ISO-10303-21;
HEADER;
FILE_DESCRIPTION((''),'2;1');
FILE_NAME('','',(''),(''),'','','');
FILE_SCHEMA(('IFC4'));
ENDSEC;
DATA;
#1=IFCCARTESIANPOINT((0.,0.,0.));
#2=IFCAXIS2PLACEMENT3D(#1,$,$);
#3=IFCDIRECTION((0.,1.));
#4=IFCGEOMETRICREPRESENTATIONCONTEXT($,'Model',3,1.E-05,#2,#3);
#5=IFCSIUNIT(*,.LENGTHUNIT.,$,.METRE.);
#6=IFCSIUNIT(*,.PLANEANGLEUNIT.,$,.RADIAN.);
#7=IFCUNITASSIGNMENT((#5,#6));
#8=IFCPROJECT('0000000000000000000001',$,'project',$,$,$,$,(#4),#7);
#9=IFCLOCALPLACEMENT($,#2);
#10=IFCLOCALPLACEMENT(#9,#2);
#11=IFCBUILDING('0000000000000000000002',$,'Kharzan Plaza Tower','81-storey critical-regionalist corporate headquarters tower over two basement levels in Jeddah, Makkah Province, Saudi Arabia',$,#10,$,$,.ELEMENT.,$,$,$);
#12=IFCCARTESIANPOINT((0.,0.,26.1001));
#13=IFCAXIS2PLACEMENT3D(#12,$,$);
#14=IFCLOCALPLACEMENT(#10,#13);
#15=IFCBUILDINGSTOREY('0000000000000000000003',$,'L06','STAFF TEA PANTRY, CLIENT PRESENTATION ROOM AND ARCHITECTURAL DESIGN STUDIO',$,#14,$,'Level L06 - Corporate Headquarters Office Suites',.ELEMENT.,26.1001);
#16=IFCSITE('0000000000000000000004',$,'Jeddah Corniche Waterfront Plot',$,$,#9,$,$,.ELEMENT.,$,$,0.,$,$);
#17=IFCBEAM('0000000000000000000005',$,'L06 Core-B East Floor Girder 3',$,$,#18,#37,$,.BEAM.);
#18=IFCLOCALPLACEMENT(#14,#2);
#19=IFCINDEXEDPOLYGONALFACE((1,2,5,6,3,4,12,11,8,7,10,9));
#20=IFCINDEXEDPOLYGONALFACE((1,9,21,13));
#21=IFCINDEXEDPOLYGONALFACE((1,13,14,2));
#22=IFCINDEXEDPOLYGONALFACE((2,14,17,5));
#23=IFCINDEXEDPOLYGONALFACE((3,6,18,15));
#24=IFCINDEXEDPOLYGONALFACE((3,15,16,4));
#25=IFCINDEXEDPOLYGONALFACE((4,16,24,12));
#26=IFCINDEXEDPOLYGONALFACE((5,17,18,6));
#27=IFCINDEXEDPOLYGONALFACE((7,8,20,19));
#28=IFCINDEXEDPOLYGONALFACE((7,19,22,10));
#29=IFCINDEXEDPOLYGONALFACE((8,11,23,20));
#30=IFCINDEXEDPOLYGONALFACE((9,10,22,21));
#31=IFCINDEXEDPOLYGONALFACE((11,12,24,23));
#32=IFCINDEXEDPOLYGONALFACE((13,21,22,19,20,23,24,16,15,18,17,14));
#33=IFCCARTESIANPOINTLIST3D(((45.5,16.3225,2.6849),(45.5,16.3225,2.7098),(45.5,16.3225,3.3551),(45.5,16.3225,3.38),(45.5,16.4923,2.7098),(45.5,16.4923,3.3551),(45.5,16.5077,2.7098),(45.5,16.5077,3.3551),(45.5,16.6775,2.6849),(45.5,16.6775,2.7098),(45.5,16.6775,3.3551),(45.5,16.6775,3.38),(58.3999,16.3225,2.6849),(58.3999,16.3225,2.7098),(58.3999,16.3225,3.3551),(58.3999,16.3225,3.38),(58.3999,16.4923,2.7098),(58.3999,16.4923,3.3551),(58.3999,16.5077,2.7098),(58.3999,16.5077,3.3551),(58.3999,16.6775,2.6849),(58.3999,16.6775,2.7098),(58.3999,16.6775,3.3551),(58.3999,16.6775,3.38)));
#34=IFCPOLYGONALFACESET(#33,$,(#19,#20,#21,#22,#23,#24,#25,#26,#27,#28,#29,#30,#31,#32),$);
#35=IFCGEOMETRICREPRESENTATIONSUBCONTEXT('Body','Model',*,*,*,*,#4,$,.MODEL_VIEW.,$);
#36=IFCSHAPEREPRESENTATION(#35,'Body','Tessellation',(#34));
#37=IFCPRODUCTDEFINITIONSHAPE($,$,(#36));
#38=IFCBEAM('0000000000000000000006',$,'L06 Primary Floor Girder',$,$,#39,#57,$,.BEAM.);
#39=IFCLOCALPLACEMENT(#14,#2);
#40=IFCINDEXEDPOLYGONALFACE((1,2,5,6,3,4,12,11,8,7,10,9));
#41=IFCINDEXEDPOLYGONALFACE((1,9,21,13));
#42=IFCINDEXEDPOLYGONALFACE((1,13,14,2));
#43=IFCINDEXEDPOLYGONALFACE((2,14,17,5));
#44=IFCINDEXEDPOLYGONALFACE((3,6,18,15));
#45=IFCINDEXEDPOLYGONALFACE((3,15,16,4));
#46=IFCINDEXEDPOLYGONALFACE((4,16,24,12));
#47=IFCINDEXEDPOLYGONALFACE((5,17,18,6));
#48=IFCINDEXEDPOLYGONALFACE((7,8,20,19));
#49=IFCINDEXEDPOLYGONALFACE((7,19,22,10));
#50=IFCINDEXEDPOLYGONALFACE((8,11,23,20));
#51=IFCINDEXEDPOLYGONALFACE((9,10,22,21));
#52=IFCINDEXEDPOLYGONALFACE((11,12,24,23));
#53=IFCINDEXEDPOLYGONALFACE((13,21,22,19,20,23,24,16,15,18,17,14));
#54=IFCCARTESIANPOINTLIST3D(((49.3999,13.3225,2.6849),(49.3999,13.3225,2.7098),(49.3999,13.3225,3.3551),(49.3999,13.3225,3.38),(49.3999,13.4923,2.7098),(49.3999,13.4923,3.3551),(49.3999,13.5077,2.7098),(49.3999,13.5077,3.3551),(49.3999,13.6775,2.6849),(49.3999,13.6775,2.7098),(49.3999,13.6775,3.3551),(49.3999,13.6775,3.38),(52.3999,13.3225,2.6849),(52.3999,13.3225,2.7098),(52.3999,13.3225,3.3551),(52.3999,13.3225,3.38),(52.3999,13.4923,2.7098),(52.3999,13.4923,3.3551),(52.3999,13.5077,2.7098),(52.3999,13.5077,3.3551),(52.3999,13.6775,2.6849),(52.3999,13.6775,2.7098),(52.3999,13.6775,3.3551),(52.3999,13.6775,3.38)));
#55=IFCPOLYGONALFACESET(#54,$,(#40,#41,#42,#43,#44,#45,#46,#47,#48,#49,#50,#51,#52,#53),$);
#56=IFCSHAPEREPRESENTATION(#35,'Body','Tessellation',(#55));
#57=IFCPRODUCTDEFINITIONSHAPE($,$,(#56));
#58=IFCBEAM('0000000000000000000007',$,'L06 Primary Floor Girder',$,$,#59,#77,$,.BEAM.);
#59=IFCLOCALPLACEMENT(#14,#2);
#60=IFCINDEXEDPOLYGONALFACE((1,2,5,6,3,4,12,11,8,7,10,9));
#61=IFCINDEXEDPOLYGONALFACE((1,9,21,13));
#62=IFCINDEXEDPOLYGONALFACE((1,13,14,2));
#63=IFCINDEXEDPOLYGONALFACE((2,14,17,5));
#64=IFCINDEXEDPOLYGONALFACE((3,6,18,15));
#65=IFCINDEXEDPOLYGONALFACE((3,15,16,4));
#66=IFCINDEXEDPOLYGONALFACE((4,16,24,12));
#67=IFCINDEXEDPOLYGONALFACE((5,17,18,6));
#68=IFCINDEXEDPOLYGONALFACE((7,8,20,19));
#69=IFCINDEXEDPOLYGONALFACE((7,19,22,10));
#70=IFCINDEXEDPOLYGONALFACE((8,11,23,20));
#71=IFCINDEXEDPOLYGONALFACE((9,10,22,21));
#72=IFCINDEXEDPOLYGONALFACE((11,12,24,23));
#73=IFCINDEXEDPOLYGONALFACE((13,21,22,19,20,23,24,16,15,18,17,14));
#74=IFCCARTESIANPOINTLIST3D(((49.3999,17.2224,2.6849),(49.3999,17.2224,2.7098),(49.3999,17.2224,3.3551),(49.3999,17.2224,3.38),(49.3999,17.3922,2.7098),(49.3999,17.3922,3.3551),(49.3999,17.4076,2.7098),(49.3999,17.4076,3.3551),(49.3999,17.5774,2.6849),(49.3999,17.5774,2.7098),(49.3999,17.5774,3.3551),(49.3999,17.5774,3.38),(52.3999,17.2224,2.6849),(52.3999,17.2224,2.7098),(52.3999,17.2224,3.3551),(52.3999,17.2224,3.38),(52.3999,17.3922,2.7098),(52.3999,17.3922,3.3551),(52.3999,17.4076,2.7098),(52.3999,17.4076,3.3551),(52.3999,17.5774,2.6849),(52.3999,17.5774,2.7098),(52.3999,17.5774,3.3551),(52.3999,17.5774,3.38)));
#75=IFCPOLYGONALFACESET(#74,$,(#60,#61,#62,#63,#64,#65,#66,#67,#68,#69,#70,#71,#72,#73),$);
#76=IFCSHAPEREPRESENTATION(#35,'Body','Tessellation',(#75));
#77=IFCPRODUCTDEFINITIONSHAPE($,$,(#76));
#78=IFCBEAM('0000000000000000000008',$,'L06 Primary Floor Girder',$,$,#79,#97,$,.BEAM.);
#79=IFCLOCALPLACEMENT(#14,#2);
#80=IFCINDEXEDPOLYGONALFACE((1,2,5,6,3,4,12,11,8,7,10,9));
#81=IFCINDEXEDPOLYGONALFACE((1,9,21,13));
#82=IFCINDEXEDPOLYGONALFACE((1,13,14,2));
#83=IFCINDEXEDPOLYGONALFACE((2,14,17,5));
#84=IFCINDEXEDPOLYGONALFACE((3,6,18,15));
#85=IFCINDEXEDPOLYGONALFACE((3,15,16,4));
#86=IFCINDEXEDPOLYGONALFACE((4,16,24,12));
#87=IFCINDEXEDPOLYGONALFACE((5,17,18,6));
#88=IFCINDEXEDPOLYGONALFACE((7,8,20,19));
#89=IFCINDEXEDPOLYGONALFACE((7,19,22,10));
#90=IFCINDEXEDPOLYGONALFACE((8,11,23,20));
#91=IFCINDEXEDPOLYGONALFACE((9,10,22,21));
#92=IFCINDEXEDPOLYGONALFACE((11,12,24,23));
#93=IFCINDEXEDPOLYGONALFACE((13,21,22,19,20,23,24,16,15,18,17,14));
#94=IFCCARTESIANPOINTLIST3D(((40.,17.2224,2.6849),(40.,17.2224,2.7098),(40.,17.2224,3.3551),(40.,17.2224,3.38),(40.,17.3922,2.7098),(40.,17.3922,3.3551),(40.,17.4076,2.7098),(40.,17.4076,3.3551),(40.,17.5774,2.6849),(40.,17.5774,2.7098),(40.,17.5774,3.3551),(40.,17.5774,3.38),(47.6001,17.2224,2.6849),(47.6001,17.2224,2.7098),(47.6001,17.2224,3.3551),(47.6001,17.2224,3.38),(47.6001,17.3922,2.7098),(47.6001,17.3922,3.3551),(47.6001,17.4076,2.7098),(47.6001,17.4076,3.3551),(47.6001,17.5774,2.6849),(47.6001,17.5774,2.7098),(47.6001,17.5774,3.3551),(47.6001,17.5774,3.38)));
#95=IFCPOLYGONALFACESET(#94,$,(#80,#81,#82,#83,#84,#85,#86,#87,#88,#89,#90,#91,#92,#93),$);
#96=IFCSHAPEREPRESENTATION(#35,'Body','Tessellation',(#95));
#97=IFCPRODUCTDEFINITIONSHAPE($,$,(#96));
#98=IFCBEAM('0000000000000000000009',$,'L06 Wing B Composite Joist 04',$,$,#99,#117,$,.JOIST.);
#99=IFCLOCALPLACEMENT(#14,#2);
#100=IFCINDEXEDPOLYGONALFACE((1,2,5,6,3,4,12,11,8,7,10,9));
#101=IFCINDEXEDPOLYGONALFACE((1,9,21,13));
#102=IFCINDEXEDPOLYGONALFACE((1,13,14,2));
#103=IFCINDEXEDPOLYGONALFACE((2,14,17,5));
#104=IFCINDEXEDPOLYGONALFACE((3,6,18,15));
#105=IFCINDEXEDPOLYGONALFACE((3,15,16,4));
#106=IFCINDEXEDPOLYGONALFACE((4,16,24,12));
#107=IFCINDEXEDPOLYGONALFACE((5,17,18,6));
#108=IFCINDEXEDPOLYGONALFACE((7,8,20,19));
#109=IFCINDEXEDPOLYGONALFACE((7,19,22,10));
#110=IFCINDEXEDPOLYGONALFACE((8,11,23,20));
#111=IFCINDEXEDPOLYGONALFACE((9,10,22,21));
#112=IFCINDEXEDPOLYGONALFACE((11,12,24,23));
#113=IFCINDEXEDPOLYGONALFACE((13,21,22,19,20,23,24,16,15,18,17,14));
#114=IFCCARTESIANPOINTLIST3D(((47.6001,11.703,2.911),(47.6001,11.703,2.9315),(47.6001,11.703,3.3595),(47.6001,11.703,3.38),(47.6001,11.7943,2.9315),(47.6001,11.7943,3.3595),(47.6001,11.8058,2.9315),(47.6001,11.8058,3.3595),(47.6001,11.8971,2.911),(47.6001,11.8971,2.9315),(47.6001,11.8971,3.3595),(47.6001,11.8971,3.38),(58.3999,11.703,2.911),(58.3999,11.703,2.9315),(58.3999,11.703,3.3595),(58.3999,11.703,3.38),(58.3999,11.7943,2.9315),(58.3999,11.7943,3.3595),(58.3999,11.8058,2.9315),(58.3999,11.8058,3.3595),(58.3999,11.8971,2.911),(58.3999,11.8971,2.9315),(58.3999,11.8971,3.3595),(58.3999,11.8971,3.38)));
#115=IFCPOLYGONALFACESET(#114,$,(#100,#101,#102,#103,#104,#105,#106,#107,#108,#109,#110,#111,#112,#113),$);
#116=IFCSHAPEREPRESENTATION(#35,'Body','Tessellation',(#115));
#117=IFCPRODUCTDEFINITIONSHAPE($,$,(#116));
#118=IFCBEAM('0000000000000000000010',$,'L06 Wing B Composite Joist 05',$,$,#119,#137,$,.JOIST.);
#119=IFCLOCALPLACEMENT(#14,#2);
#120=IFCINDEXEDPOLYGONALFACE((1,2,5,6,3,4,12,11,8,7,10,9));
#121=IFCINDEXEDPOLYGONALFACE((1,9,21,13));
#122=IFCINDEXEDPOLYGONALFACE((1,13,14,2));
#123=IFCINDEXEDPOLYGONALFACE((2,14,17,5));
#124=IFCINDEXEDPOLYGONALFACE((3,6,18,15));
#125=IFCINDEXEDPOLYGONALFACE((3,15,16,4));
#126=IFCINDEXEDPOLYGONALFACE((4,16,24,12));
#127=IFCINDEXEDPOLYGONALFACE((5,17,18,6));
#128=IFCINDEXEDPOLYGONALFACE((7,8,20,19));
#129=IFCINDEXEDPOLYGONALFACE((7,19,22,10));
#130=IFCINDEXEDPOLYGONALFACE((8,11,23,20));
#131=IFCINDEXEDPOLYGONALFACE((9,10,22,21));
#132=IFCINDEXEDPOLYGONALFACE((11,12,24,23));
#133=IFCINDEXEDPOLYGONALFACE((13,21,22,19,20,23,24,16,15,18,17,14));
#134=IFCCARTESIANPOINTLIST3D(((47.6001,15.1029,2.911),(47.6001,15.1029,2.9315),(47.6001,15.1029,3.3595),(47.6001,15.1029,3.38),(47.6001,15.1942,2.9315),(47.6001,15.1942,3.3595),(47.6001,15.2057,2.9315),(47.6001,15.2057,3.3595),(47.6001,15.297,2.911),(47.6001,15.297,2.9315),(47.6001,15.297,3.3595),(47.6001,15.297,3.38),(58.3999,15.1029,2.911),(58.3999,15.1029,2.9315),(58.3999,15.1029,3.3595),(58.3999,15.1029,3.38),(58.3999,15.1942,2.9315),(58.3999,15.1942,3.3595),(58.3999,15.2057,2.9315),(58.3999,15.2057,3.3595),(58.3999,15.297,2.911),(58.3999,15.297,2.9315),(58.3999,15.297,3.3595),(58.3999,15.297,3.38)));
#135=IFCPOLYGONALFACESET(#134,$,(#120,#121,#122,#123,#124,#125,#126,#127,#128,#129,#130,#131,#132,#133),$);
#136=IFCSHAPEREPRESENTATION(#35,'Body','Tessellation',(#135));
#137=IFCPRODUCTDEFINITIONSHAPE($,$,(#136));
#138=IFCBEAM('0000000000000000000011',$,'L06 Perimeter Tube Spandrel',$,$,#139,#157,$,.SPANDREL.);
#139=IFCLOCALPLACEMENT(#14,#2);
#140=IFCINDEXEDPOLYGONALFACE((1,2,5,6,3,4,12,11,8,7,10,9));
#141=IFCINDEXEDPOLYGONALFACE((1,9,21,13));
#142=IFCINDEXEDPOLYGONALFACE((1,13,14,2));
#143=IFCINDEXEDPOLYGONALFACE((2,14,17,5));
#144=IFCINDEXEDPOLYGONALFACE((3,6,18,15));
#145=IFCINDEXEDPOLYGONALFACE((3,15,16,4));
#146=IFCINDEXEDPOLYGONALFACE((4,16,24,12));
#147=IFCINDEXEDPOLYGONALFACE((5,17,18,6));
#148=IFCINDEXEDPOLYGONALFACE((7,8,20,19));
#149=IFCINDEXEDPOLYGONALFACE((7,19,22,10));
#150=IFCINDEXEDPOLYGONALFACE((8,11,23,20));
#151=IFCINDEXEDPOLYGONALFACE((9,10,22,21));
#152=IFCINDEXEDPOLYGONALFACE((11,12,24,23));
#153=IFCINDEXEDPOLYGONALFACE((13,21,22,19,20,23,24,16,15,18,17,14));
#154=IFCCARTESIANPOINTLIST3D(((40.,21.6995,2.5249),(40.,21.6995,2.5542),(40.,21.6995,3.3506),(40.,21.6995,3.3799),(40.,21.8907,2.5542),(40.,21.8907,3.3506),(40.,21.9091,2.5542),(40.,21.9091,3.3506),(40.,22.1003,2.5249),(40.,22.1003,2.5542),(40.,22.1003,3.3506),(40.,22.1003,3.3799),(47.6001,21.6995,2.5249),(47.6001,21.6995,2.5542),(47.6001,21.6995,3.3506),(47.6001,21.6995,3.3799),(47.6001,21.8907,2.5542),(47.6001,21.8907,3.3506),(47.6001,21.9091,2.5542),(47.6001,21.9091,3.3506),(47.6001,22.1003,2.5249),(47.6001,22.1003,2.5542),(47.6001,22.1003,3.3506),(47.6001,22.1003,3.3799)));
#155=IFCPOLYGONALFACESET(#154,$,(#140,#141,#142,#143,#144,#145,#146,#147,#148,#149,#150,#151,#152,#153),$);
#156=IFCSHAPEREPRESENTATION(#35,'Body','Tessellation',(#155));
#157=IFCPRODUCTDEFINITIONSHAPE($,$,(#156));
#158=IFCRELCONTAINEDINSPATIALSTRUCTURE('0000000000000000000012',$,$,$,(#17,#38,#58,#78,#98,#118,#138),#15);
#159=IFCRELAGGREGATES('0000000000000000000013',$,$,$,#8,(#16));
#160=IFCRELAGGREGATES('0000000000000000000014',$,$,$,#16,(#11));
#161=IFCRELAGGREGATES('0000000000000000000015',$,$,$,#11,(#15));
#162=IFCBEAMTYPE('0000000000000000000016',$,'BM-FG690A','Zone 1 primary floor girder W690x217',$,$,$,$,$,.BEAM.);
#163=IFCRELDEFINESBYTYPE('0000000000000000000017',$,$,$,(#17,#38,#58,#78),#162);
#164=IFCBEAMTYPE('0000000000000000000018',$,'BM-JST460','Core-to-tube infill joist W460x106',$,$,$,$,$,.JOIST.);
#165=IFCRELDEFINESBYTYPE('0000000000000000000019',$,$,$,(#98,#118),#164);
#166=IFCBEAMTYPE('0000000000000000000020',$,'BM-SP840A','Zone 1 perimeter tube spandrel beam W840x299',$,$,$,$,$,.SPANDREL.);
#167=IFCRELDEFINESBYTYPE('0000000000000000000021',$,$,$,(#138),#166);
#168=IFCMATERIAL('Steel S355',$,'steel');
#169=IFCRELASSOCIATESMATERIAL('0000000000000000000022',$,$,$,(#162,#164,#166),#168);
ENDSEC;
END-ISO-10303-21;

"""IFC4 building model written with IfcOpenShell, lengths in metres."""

from ifc_helpers import new_model, si_unit, direction, frame, origin, origin_2d, place, context, subcontext, project, spatial, i_section, extrude, source, transform, mapped, material, material_profile, profile_set, type_object, element, save


model = new_model("IFC4")

# Units and contexts
model_context = context("Model", 3, precision=1e-05, world=origin(), true_north=direction((0.0, 1.0)))
body_context = subcontext(model_context, "Body", "Model", "MODEL_VIEW")
ifc_project = project(units=[si_unit("LENGTHUNIT", "METRE"), si_unit("PLANEANGLEUNIT", "RADIAN")], contexts=[model_context])

# Site, building, storey
site_placement = place(None, origin())
site = spatial("IfcSite", under=ifc_project, at=site_placement, Name="Jeddah Corniche Waterfront Plot", CompositionType="ELEMENT", RefElevation=0.0)
building_placement = place(site_placement, origin())
building = spatial("IfcBuilding", under=site, at=building_placement, Name="Kharzan Plaza Tower", Description="81-storey critical-regionalist corporate headquarters tower over two basement levels in Jeddah, Makkah Province, Saudi Arabia", CompositionType="ELEMENT")
storey_placement = place(building_placement, frame((0.0, 0.0, 26.1001)))
storey = spatial("IfcBuildingStorey", under=building, at=storey_placement, Name="L06", Description="STAFF TEA PANTRY, CLIENT PRESENTATION ROOM AND ARCHITECTURAL DESIGN STUDIO", LongName="Level L06 - Corporate Headquarters Office Suites", CompositionType="ELEMENT", Elevation=26.1001)

# Beams
ifc_material_1 = material(Name="Steel S355", Category="steel")
ifc_material_profile_1 = material_profile(ifc_material_1, i_section(OverallWidth=0.355, OverallDepth=0.6951, WebThickness=0.0154, FlangeThickness=0.0249, at=origin_2d()), Name="W690x217")
ifc_profile_set_1 = profile_set([ifc_material_profile_1], Name="Steel S355")
beam_type_1 = type_object("IfcBeamType", Name="BM-FG690A", Description="Zone 1 primary floor girder W690x217", PredefinedType="BEAM", material=ifc_profile_set_1)
shared_shape_1 = source(origin(), body_context, "Body", "SweptSolid", [
    extrude(i_section(OverallWidth=0.355, OverallDepth=0.6951, WebThickness=0.0154, FlangeThickness=0.0249, at=origin_2d()), origin(), (0.0, 0.0, 1.0), 12.8999),
])
beam_1_placement = place(storey_placement, frame((45.5, 16.5, 3.0325), z_axis=(1.0, 0.0, 0.0), x_axis=(0.0, 1.0, 0.0)))
element("IfcBeam", 1, at=beam_1_placement, inside=storey, type_object=beam_type_1, Name="L06 Core-B East Floor Girder 3", PredefinedType="BEAM", context=body_context, shape_type="MappedRepresentation", body=[
    mapped(shared_shape_1, transform((0.0, 0.0, 0.0), x_axis=(1.0, 0.0, 0.0), y_axis=(0.0, 1.0, 0.0), z_axis=(0.0, 0.0, 1.0))),
])
shared_shape_2 = source(origin(), body_context, "Body", "SweptSolid", [
    extrude(i_section(OverallWidth=0.355, OverallDepth=0.6951, WebThickness=0.0154, FlangeThickness=0.0249, at=origin_2d()), origin(), (0.0, 0.0, 1.0), 3.0),
])
for number, where, z_axis, x_axis, name in (
    (2, (49.3999, 13.5, 3.0325), (1.0, 0.0, 0.0), (0.0, 1.0, 0.0), "L06 Primary Floor Girder"),
    (3, (49.3999, 17.3999, 3.0325), (1.0, 0.0, 0.0), (0.0, 1.0, 0.0), "L06 Primary Floor Girder"),
):
    element("IfcBeam", number, at=place(storey_placement, frame(where, z_axis=z_axis, x_axis=x_axis)), inside=storey, type_object=beam_type_1, Name=name, PredefinedType="BEAM", context=body_context, shape_type="MappedRepresentation", body=[
        mapped(shared_shape_2, transform((0.0, 0.0, 0.0), x_axis=(1.0, 0.0, 0.0), y_axis=(0.0, 1.0, 0.0), z_axis=(0.0, 0.0, 1.0))),
    ])
shared_shape_3 = source(origin(), body_context, "Body", "SweptSolid", [
    extrude(i_section(OverallWidth=0.355, OverallDepth=0.6951, WebThickness=0.0154, FlangeThickness=0.0249, at=origin_2d()), origin(), (0.0, 0.0, 1.0), 7.6001),
])
beam_2_placement = place(storey_placement, frame((40.0, 17.3999, 3.0325), z_axis=(1.0, 0.0, 0.0), x_axis=(0.0, 1.0, 0.0)))
element("IfcBeam", 4, at=beam_2_placement, inside=storey, type_object=beam_type_1, Name="L06 Primary Floor Girder", PredefinedType="BEAM", context=body_context, shape_type="MappedRepresentation", body=[
    mapped(shared_shape_3, transform((0.0, 0.0, 0.0), x_axis=(1.0, 0.0, 0.0), y_axis=(0.0, 1.0, 0.0), z_axis=(0.0, 0.0, 1.0))),
])
ifc_material_profile_2 = material_profile(ifc_material_1, i_section(OverallWidth=0.1941, OverallDepth=0.469, WebThickness=0.0115, FlangeThickness=0.0205, at=origin_2d()), Name="W460x106")
ifc_profile_set_2 = profile_set([ifc_material_profile_2], Name="Steel S355")
beam_type_2 = type_object("IfcBeamType", Name="BM-JST460", Description="Core-to-tube infill joist W460x106", PredefinedType="JOIST", material=ifc_profile_set_2)
shared_shape_4 = source(origin(), body_context, "Body", "SweptSolid", [
    extrude(i_section(OverallWidth=0.1941, OverallDepth=0.469, WebThickness=0.0115, FlangeThickness=0.0205, at=origin_2d()), origin(), (0.0, 0.0, 1.0), 10.7998),
])
for number, where, z_axis, x_axis, name in (
    (5, (47.6001, 11.8, 3.1455), (1.0, 0.0, 0.0), (0.0, 1.0, 0.0), "L06 Wing B Composite Joist 04"),
    (6, (47.6001, 15.2, 3.1455), (1.0, 0.0, 0.0), (0.0, 1.0, 0.0), "L06 Wing B Composite Joist 05"),
):
    element("IfcBeam", number, at=place(storey_placement, frame(where, z_axis=z_axis, x_axis=x_axis)), inside=storey, type_object=beam_type_2, Name=name, PredefinedType="JOIST", context=body_context, shape_type="MappedRepresentation", body=[
        mapped(shared_shape_4, transform((0.0, 0.0, 0.0), x_axis=(1.0, 0.0, 0.0), y_axis=(0.0, 1.0, 0.0), z_axis=(0.0, 0.0, 1.0))),
    ])
ifc_material_profile_3 = material_profile(ifc_material_1, i_section(OverallWidth=0.4009, OverallDepth=0.855, WebThickness=0.0183, FlangeThickness=0.0293, at=origin_2d()), Name="W840x299")
ifc_profile_set_3 = profile_set([ifc_material_profile_3], Name="Steel S355")
beam_type_3 = type_object("IfcBeamType", Name="BM-SP840A", Description="Zone 1 perimeter tube spandrel beam W840x299", PredefinedType="SPANDREL", material=ifc_profile_set_3)
shared_shape_5 = source(origin(), body_context, "Body", "SweptSolid", [
    extrude(i_section(OverallWidth=0.4009, OverallDepth=0.855, WebThickness=0.0183, FlangeThickness=0.0293, at=origin_2d()), origin(), (0.0, 0.0, 1.0), 7.6001),
])
beam_3_placement = place(storey_placement, frame((40.0, 21.8999, 2.9524), z_axis=(1.0, 0.0, 0.0), x_axis=(0.0, 1.0, 0.0)))
element("IfcBeam", 7, at=beam_3_placement, inside=storey, type_object=beam_type_3, Name="L06 Perimeter Tube Spandrel", PredefinedType="SPANDREL", context=body_context, shape_type="MappedRepresentation", body=[
    mapped(shared_shape_5, transform((0.0, 0.0, 0.0), x_axis=(1.0, 0.0, 0.0), y_axis=(0.0, 1.0, 0.0), z_axis=(0.0, 0.0, 1.0))),
])

save(model, "model.ifc")
